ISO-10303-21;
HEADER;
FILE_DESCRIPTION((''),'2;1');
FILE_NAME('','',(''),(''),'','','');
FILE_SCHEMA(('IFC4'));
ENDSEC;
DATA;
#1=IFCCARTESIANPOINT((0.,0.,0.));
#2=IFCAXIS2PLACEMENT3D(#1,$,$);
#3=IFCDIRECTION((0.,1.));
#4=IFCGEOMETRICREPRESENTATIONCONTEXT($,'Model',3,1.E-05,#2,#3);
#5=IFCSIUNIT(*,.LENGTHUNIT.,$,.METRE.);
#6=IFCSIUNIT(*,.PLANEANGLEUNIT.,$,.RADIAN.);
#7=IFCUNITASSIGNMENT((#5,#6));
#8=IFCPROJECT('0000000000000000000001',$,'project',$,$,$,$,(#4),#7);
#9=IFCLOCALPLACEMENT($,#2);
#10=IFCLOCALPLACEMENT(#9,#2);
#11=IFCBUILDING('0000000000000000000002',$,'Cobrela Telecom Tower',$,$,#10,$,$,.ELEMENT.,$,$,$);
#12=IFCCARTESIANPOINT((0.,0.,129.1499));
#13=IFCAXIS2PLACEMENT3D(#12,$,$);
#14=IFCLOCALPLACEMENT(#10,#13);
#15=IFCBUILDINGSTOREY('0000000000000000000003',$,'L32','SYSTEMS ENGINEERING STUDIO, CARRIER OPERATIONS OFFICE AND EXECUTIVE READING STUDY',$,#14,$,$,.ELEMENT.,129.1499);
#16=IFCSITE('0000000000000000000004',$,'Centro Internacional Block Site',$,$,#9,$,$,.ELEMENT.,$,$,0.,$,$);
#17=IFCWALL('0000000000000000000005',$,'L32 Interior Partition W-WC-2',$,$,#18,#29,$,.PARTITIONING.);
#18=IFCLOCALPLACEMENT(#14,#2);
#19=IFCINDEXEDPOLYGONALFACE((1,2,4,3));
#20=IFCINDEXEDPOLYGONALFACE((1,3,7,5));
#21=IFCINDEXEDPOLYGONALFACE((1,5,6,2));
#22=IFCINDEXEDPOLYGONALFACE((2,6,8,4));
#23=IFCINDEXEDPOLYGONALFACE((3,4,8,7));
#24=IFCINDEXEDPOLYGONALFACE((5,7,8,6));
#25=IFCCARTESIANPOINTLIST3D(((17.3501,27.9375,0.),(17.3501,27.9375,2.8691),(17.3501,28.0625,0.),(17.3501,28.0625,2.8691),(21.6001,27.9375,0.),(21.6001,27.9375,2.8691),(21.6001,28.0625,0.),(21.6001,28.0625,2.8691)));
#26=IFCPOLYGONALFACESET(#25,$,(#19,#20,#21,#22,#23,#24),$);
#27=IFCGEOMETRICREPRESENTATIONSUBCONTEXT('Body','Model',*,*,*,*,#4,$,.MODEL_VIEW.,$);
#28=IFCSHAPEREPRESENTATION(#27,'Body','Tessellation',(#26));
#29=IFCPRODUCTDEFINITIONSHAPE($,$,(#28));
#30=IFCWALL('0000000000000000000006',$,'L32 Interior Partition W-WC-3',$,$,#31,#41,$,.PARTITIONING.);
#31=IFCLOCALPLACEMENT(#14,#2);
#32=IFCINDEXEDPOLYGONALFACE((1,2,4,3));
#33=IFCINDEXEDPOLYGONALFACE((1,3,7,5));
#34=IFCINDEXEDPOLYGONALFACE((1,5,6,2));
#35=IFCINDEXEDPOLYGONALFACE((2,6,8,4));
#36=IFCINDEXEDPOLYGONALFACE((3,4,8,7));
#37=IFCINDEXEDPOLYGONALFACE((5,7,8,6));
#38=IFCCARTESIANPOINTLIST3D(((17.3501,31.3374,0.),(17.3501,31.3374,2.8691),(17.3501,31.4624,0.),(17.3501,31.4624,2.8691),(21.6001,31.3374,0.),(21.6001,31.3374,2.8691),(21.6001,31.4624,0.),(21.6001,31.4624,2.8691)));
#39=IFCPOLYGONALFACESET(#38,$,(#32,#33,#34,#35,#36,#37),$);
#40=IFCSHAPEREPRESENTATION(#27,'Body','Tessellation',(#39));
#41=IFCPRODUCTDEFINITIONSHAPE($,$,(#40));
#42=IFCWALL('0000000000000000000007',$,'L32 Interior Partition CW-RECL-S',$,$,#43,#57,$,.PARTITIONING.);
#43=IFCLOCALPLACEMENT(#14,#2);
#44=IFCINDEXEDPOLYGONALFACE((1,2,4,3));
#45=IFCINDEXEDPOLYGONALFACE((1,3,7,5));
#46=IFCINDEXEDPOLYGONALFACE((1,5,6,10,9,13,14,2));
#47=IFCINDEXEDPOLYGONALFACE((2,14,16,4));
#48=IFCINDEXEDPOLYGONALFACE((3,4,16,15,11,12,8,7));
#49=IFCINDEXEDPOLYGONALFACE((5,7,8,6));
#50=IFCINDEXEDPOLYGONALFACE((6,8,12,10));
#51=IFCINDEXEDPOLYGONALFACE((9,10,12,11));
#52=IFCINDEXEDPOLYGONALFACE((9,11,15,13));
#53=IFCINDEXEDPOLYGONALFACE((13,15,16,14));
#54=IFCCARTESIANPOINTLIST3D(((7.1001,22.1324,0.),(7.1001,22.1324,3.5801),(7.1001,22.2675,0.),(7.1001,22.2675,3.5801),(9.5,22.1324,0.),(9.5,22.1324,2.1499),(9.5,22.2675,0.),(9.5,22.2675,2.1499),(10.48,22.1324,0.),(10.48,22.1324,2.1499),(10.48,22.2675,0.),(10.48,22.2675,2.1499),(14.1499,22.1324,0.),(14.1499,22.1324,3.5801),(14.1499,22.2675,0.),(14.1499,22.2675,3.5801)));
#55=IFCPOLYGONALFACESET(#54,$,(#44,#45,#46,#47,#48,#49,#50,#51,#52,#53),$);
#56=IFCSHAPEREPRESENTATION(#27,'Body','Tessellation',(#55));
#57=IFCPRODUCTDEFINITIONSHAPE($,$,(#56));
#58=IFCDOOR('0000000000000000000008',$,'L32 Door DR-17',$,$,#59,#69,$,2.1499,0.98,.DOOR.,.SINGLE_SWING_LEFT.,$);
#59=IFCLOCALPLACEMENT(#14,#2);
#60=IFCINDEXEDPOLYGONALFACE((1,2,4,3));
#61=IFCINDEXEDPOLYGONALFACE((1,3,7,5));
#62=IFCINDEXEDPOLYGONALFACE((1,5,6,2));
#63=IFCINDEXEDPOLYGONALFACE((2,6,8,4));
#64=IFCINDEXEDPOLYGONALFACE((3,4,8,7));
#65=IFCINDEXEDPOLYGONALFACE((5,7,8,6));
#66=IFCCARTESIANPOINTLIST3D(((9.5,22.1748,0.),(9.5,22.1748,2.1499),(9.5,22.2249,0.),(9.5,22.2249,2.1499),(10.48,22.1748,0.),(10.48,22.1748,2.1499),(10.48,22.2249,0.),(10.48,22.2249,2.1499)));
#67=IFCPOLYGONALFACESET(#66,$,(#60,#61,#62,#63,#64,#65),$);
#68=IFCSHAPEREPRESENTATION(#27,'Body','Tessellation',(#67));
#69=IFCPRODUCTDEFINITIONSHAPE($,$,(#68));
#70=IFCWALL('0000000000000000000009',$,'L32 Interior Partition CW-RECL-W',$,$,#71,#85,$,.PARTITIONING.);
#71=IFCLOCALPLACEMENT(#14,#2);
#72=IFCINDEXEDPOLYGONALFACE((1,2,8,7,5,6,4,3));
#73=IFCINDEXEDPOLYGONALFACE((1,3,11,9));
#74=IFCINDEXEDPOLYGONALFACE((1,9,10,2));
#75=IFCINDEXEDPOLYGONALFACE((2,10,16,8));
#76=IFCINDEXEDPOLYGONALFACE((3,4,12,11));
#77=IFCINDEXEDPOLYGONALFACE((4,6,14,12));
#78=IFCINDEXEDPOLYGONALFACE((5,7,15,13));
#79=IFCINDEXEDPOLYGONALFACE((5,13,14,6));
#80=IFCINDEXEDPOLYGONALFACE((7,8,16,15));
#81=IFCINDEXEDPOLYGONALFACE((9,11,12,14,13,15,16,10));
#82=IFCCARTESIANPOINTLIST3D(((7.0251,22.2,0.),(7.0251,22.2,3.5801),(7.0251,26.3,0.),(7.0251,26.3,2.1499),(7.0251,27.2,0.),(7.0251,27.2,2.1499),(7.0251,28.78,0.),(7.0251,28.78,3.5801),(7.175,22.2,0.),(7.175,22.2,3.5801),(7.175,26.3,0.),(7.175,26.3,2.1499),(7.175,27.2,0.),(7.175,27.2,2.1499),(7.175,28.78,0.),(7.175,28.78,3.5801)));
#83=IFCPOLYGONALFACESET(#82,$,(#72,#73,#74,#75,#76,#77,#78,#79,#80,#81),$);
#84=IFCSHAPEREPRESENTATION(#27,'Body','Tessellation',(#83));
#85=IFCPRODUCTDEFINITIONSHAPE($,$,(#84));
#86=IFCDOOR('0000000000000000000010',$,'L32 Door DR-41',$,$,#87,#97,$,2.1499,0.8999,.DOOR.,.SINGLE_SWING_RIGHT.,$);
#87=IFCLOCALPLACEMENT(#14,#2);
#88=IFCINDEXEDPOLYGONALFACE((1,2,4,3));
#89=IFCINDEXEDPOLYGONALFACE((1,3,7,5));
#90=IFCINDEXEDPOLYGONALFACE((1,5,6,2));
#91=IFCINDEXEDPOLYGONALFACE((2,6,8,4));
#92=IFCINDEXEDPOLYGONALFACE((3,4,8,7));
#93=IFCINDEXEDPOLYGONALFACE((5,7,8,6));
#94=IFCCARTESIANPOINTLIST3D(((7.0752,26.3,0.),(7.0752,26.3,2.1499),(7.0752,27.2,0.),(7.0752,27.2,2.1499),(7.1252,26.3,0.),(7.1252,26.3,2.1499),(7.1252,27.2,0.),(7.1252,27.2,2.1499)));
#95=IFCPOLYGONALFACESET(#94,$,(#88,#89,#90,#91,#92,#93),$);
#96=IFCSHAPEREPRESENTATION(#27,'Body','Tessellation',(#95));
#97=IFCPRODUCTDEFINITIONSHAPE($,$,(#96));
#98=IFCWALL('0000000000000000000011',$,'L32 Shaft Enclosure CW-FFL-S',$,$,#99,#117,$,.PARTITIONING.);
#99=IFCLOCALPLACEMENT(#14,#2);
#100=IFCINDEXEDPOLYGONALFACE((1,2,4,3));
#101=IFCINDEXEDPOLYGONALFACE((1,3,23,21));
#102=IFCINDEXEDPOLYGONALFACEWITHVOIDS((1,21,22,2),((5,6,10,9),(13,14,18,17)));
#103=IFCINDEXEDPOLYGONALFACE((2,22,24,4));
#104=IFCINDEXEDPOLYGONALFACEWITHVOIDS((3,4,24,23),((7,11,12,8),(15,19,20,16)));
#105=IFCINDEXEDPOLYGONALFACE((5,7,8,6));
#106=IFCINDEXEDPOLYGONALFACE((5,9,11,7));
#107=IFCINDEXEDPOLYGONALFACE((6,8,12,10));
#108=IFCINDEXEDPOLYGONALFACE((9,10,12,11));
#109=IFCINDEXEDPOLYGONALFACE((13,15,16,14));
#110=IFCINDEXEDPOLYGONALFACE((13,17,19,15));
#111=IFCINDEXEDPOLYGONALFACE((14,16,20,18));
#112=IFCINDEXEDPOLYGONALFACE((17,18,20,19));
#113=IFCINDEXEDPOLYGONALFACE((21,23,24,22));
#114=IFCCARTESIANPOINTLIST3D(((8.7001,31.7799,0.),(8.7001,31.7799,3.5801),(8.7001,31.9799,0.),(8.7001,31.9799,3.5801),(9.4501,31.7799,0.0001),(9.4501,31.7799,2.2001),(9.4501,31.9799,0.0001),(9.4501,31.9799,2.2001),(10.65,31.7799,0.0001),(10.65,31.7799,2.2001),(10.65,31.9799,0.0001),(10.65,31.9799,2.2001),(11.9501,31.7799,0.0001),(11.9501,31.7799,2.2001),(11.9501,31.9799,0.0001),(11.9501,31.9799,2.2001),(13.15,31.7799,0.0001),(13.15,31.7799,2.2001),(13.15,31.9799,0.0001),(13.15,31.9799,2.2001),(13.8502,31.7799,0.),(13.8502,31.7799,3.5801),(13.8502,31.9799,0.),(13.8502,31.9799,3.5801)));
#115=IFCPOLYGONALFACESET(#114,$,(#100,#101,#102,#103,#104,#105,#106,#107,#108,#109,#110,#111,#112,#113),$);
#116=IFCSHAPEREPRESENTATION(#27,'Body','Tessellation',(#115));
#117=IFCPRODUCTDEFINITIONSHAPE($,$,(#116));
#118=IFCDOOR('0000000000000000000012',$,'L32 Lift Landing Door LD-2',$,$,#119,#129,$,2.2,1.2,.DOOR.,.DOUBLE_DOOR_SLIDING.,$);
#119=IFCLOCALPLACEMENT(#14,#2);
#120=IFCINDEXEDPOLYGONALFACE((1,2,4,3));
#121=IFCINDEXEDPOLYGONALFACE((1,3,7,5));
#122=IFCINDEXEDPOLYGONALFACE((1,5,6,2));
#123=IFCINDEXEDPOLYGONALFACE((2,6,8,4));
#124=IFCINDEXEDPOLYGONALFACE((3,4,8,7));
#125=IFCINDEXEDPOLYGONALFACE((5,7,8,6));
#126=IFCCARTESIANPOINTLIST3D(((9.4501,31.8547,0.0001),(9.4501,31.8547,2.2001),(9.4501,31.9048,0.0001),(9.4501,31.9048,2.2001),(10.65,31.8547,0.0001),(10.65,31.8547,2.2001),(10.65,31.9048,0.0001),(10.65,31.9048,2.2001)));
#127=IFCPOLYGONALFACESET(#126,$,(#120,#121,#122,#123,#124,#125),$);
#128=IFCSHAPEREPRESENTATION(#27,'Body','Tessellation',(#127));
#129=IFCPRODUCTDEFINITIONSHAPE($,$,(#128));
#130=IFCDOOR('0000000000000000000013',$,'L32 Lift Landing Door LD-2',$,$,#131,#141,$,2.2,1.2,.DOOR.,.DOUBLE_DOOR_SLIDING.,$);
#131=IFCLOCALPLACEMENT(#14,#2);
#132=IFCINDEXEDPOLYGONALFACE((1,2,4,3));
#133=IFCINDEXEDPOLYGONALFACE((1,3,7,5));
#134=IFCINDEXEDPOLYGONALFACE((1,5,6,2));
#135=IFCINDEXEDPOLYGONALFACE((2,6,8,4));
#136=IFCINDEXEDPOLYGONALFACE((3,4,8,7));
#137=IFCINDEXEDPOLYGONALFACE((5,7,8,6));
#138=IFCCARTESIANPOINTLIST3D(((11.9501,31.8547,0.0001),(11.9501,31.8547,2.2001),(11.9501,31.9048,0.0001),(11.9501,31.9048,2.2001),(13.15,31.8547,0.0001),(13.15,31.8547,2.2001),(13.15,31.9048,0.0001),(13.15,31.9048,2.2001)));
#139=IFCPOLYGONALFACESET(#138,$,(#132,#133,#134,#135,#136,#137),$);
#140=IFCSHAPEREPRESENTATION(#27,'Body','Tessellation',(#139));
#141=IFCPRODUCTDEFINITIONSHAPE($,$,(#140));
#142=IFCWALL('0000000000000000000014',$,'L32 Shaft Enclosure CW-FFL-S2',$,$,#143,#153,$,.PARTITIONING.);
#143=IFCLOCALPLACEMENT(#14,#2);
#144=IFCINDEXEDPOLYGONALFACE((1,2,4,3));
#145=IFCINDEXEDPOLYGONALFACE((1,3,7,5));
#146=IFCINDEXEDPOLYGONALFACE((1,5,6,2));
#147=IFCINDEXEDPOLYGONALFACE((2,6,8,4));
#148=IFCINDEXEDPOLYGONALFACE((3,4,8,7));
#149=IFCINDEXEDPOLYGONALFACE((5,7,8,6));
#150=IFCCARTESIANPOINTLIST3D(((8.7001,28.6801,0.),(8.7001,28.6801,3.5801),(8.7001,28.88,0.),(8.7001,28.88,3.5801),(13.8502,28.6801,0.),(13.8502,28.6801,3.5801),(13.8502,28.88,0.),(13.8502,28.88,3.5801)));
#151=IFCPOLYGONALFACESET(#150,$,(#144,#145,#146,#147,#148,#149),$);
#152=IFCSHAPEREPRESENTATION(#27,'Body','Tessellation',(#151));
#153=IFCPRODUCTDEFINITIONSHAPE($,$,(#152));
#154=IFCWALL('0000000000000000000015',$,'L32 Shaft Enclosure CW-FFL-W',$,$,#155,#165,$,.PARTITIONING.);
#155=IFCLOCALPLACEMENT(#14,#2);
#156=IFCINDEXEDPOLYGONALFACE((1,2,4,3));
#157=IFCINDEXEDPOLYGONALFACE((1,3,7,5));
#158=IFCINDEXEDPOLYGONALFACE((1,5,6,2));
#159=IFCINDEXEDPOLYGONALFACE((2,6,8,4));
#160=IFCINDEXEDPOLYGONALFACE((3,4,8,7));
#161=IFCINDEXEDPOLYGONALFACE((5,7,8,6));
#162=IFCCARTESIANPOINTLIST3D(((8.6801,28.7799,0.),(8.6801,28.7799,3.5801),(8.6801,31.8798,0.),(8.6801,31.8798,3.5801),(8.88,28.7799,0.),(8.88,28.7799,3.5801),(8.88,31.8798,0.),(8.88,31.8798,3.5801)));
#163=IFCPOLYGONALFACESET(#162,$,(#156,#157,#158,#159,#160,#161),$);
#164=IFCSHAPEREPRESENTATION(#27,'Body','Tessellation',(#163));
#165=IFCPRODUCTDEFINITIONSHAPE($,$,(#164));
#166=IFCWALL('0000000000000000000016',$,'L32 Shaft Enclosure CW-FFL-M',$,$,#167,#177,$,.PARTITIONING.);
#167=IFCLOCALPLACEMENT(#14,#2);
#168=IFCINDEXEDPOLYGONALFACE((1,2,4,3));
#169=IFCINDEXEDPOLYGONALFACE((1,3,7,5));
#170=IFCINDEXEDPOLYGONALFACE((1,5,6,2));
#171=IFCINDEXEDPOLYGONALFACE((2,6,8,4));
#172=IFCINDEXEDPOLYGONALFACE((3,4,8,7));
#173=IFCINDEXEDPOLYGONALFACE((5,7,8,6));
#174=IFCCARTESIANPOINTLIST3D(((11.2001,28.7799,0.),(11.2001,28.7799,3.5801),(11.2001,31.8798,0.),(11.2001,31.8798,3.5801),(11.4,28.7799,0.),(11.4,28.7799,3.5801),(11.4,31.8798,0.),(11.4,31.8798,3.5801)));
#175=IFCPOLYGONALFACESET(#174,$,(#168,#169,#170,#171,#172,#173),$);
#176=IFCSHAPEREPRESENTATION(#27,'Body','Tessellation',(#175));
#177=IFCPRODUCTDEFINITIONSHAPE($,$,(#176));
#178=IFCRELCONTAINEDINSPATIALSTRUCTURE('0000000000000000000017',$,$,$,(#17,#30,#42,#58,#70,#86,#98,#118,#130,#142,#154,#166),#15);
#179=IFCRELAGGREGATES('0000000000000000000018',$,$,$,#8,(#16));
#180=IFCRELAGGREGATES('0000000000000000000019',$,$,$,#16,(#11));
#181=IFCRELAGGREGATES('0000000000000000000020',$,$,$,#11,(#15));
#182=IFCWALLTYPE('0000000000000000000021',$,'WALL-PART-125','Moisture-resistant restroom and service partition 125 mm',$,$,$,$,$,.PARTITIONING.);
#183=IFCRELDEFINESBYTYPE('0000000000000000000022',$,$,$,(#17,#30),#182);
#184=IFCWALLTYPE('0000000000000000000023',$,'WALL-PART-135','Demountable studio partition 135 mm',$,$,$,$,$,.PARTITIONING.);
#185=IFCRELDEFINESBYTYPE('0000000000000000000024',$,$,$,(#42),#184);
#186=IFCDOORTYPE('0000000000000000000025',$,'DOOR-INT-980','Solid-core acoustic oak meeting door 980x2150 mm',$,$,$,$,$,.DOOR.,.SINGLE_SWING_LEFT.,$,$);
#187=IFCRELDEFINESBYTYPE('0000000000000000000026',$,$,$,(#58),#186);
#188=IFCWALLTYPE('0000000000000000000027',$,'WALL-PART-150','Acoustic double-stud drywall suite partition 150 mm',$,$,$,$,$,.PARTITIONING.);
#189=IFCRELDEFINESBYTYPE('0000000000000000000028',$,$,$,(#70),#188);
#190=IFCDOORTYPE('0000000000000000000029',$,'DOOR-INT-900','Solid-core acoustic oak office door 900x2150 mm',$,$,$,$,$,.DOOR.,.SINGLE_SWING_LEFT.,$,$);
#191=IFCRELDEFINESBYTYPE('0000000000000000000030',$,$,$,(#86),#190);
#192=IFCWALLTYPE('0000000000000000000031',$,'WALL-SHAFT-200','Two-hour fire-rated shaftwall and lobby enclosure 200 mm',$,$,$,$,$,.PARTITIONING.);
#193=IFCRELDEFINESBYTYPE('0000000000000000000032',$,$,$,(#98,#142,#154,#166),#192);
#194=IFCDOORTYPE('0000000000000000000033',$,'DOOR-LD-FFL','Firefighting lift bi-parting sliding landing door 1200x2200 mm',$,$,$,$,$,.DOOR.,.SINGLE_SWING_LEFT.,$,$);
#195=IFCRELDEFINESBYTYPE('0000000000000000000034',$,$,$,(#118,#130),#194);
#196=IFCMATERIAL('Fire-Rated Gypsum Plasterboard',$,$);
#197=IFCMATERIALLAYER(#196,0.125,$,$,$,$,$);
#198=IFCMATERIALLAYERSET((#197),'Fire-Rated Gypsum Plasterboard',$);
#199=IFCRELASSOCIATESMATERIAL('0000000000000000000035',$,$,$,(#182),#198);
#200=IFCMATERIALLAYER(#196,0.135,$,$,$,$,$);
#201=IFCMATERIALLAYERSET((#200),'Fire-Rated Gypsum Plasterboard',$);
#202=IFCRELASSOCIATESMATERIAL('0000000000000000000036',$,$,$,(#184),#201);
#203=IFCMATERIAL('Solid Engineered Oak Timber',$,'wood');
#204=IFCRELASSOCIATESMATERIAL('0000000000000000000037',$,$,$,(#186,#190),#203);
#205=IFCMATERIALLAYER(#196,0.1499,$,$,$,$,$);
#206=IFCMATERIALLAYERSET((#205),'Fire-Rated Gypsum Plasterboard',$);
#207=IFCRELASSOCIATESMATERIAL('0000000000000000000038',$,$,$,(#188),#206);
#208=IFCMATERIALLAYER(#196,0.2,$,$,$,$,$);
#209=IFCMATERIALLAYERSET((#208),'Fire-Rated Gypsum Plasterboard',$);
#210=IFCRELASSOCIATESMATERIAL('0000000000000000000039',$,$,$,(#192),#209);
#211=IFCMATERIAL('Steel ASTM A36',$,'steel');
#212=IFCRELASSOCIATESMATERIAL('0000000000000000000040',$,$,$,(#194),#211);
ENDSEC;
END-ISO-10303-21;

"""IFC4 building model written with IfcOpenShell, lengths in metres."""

from ifc_helpers import new_model, si_unit, direction, frame, frame_2d, origin, place, context, subcontext, project, spatial, rectangle, extrude, material, layer, layer_set, type_object, element, fill, save


model = new_model("IFC4")

# Units and contexts
model_context = context("Model", 3, precision=1e-05, world=origin(), true_north=direction((0.0, 1.0)))
body_context = subcontext(model_context, "Body", "Model", "MODEL_VIEW")
ifc_project = project(units=[si_unit("LENGTHUNIT", "METRE"), si_unit("PLANEANGLEUNIT", "RADIAN")], contexts=[model_context])

# Site, building, storey
site_placement = place(None, origin())
site = spatial("IfcSite", under=ifc_project, at=site_placement, Name="Centro Internacional Block Site", CompositionType="ELEMENT", RefElevation=0.0)
building_placement = place(site_placement, origin())
building = spatial("IfcBuilding", under=site, at=building_placement, Name="Cobrela Telecom Tower", CompositionType="ELEMENT")
storey_placement = place(building_placement, frame((0.0, 0.0, 129.1499)))
storey = spatial("IfcBuildingStorey", under=building, at=storey_placement, Name="L32", Description="SYSTEMS ENGINEERING STUDIO, CARRIER OPERATIONS OFFICE AND EXECUTIVE READING STUDY", CompositionType="ELEMENT", Elevation=129.1499)

# Shared definitions
ifc_material_1 = material(Name="Steel ASTM A36", Category="steel")

# Walls
ifc_material_2 = material(Name="Fire-Rated Gypsum Plasterboard")
ifc_layer_1 = layer(ifc_material_2, 0.125)
ifc_layer_set_1 = layer_set([ifc_layer_1], Name="Fire-Rated Gypsum Plasterboard")
wall_type_1 = type_object("IfcWallType", Name="WALL-PART-125", Description="Moisture-resistant restroom and service partition 125 mm", PredefinedType="PARTITIONING", material=ifc_layer_set_1)
for number, where, z_axis, x_axis, name in (
    (1, (17.3501, 28.0, 0.0), (0.0, 0.0, 1.0), (1.0, 0.0, 0.0), "L32 Interior Partition W-WC-2"),
    (2, (17.3501, 31.3999, 0.0), (0.0, 0.0, 1.0), (1.0, 0.0, 0.0), "L32 Interior Partition W-WC-3"),
):
    element("IfcWall", number, at=place(storey_placement, frame(where, z_axis=z_axis, x_axis=x_axis)), inside=storey, type_object=wall_type_1, Name=name, PredefinedType="PARTITIONING", context=body_context, shape_type="SweptSolid", body=[
        extrude(rectangle(XDim=4.25, YDim=0.125, at=frame_2d((2.125, 0.0))), origin(), (0.0, 0.0, 1.0), 2.8691),
    ])

# Walls, openings, doors
ifc_layer_2 = layer(ifc_material_2, 0.135)
ifc_layer_set_2 = layer_set([ifc_layer_2], Name="Fire-Rated Gypsum Plasterboard")
wall_type_2 = type_object("IfcWallType", Name="WALL-PART-135", Description="Demountable studio partition 135 mm", PredefinedType="PARTITIONING", material=ifc_layer_set_2)
wall_1_placement = place(storey_placement, frame((7.1001, 22.2, 0.0), z_axis=(0.0, 0.0, 1.0), x_axis=(1.0, 0.0, 0.0)))
wall_1 = element("IfcWall", 3, at=wall_1_placement, inside=storey, type_object=wall_type_2, Name="L32 Interior Partition CW-RECL-S", PredefinedType="PARTITIONING", context=body_context, shape_type="SweptSolid", body=[
    extrude(rectangle(XDim=7.0498, YDim=0.135, at=frame_2d((3.5249, 0.0))), origin(), (0.0, 0.0, 1.0), 3.5801),
])
opening_1_placement = place(wall_1_placement, frame((2.3999, 0.0, 0.0)))
opening_1 = element("IfcOpeningElement", 4, at=opening_1_placement, cuts=wall_1, PredefinedType="OPENING", context=body_context, shape_type="SweptSolid", body=[
    extrude(rectangle(XDim=0.98, YDim=2.1499, at=frame_2d((0.49, 1.075))), frame((0.0, 0.0796, 0.0), z_axis=(0.0, -1.0, 0.0), x_axis=(1.0, 0.0, 0.0)), (0.0, 0.0, 1.0), 0.1589),
])
ifc_material_3 = material(Name="Solid Engineered Oak Timber", Category="wood")
door_type_1 = type_object("IfcDoorType", Name="DOOR-INT-980", Description="Solid-core acoustic oak meeting door 980x2150 mm", OperationType="SINGLE_SWING_LEFT", PredefinedType="DOOR", material=ifc_material_3)
door_1_placement = place(opening_1_placement, origin())
door_1 = element("IfcDoor", 5, at=door_1_placement, inside=storey, type_object=door_type_1, Name="L32 Door DR-17", OperationType="SINGLE_SWING_LEFT", OverallHeight=2.1499, OverallWidth=0.98, PredefinedType="DOOR", context=body_context, shape_type="SweptSolid", body=[
    extrude(rectangle(XDim=0.98, YDim=2.1499, at=frame_2d((0.49, 1.075))), frame((0.0, 0.0249, 0.0), z_axis=(0.0, -1.0, 0.0), x_axis=(1.0, 0.0, 0.0)), (0.0, 0.0, 1.0), 0.05),
])
fill(opening_1, door_1)
ifc_layer_3 = layer(ifc_material_2, 0.1499)
ifc_layer_set_3 = layer_set([ifc_layer_3], Name="Fire-Rated Gypsum Plasterboard")
wall_type_3 = type_object("IfcWallType", Name="WALL-PART-150", Description="Acoustic double-stud drywall suite partition 150 mm", PredefinedType="PARTITIONING", material=ifc_layer_set_3)
wall_2_placement = place(storey_placement, frame((7.1001, 22.2, 0.0), z_axis=(0.0, 0.0, 1.0), x_axis=(0.0, 1.0, 0.0)))
wall_2 = element("IfcWall", 6, at=wall_2_placement, inside=storey, type_object=wall_type_3, Name="L32 Interior Partition CW-RECL-W", PredefinedType="PARTITIONING", context=body_context, shape_type="SweptSolid", body=[
    extrude(rectangle(XDim=6.5801, YDim=0.1499, at=frame_2d((3.29, 0.0))), origin(), (0.0, 0.0, 1.0), 3.5801),
])
opening_2_placement = place(wall_2_placement, frame((4.1001, 0.0, 0.0)))
opening_2 = element("IfcOpeningElement", 7, at=opening_2_placement, cuts=wall_2, PredefinedType="OPENING", context=body_context, shape_type="SweptSolid", body=[
    extrude(rectangle(XDim=0.8999, YDim=2.1499, at=frame_2d((0.45, 1.075))), frame((0.0, 0.0869, 0.0), z_axis=(0.0, -1.0, 0.0), x_axis=(1.0, 0.0, 0.0)), (0.0, 0.0, 1.0), 0.1738),
])
door_type_2 = type_object("IfcDoorType", Name="DOOR-INT-900", Description="Solid-core acoustic oak office door 900x2150 mm", OperationType="SINGLE_SWING_LEFT", PredefinedType="DOOR", material=ifc_material_3)
door_2_placement = place(opening_2_placement, origin())
door_2 = element("IfcDoor", 8, at=door_2_placement, inside=storey, type_object=door_type_2, Name="L32 Door DR-41", OperationType="SINGLE_SWING_RIGHT", OverallHeight=2.1499, OverallWidth=0.8999, PredefinedType="DOOR", context=body_context, shape_type="SweptSolid", body=[
    extrude(rectangle(XDim=0.8999, YDim=2.1499, at=frame_2d((0.45, 1.075))), frame((0.0, 0.0249, 0.0), z_axis=(0.0, -1.0, 0.0), x_axis=(1.0, 0.0, 0.0)), (0.0, 0.0, 1.0), 0.05),
])
fill(opening_2, door_2)

# Wall, openings, doors
ifc_layer_4 = layer(ifc_material_2, 0.2)
ifc_layer_set_4 = layer_set([ifc_layer_4], Name="Fire-Rated Gypsum Plasterboard")
wall_type_4 = type_object("IfcWallType", Name="WALL-SHAFT-200", Description="Two-hour fire-rated shaftwall and lobby enclosure 200 mm", PredefinedType="PARTITIONING", material=ifc_layer_set_4)
wall_3_placement = place(storey_placement, frame((8.7, 31.8799, 0.0), z_axis=(0.0, 0.0, 1.0), x_axis=(1.0, 0.0, 0.0)))
wall_3 = element("IfcWall", 9, at=wall_3_placement, inside=storey, type_object=wall_type_4, Name="L32 Shaft Enclosure CW-FFL-S", PredefinedType="PARTITIONING", context=body_context, shape_type="SweptSolid", body=[
    extrude(rectangle(XDim=5.1501, YDim=0.2, at=frame_2d((2.5752, 0.0))), origin(), (0.0, 0.0, 1.0), 3.5801),
])
opening_3_placement = place(wall_3_placement, frame((0.75, 0.0, 0.0)))
opening_3 = element("IfcOpeningElement", 10, at=opening_3_placement, cuts=wall_3, PredefinedType="OPENING", context=body_context, shape_type="SweptSolid", body=[
    extrude(rectangle(XDim=1.2, YDim=2.2, at=frame_2d((0.6001, 1.1001))), frame((0.0, 0.1118, 0.0), z_axis=(0.0, -1.0, 0.0), x_axis=(1.0, 0.0, 0.0)), (0.0, 0.0, 1.0), 0.2239),
])
opening_4_placement = place(wall_3_placement, frame((3.25, 0.0, 0.0)))
opening_4 = element("IfcOpeningElement", 11, at=opening_4_placement, cuts=wall_3, PredefinedType="OPENING", context=body_context, shape_type="SweptSolid", body=[
    extrude(rectangle(XDim=1.2, YDim=2.2, at=frame_2d((0.6001, 1.1001))), frame((0.0, 0.1118, 0.0), z_axis=(0.0, -1.0, 0.0), x_axis=(1.0, 0.0, 0.0)), (0.0, 0.0, 1.0), 0.2239),
])
door_type_3 = type_object("IfcDoorType", Name="DOOR-LD-FFL", Description="Firefighting lift bi-parting sliding landing door 1200x2200 mm", OperationType="SINGLE_SWING_LEFT", PredefinedType="DOOR", material=ifc_material_1)
door_3_placement = place(opening_3_placement, origin())
door_3 = element("IfcDoor", 12, at=door_3_placement, inside=storey, type_object=door_type_3, Name="L32 Lift Landing Door LD-2", OperationType="DOUBLE_DOOR_SLIDING", OverallHeight=2.2, OverallWidth=1.2, PredefinedType="DOOR", context=body_context, shape_type="SweptSolid", body=[
    extrude(rectangle(XDim=1.2, YDim=2.2, at=frame_2d((0.6001, 1.1001))), frame((0.0, 0.0249, 0.0), z_axis=(0.0, -1.0, 0.0), x_axis=(1.0, 0.0, 0.0)), (0.0, 0.0, 1.0), 0.05),
])
fill(opening_3, door_3)
door_4_placement = place(opening_4_placement, origin())
door_4 = element("IfcDoor", 13, at=door_4_placement, inside=storey, type_object=door_type_3, Name="L32 Lift Landing Door LD-2", OperationType="DOUBLE_DOOR_SLIDING", OverallHeight=2.2, OverallWidth=1.2, PredefinedType="DOOR", context=body_context, shape_type="SweptSolid", body=[
    extrude(rectangle(XDim=1.2, YDim=2.2, at=frame_2d((0.6001, 1.1001))), frame((0.0, 0.0249, 0.0), z_axis=(0.0, -1.0, 0.0), x_axis=(1.0, 0.0, 0.0)), (0.0, 0.0, 1.0), 0.05),
])
fill(opening_4, door_4)

# Walls
wall_4_placement = place(storey_placement, frame((8.7, 28.78, 0.0), z_axis=(0.0, 0.0, 1.0), x_axis=(1.0, 0.0, 0.0)))
element("IfcWall", 14, at=wall_4_placement, inside=storey, type_object=wall_type_4, Name="L32 Shaft Enclosure CW-FFL-S2", PredefinedType="PARTITIONING", context=body_context, shape_type="SweptSolid", body=[
    extrude(rectangle(XDim=5.1501, YDim=0.2, at=frame_2d((2.5752, 0.0))), origin(), (0.0, 0.0, 1.0), 3.5801),
])
for number, where, z_axis, x_axis, name in (
    (15, (8.78, 28.78, 0.0), (0.0, 0.0, 1.0), (0.0, 1.0, 0.0), "L32 Shaft Enclosure CW-FFL-W"),
    (16, (11.3, 28.78, 0.0), (0.0, 0.0, 1.0), (0.0, 1.0, 0.0), "L32 Shaft Enclosure CW-FFL-M"),
):
    element("IfcWall", number, at=place(storey_placement, frame(where, z_axis=z_axis, x_axis=x_axis)), inside=storey, type_object=wall_type_4, Name=name, PredefinedType="PARTITIONING", context=body_context, shape_type="SweptSolid", body=[
        extrude(rectangle(XDim=3.0999, YDim=0.2, at=frame_2d((1.5498, 0.0))), origin(), (0.0, 0.0, 1.0), 3.5801),
    ])

save(model, "model.ifc")
